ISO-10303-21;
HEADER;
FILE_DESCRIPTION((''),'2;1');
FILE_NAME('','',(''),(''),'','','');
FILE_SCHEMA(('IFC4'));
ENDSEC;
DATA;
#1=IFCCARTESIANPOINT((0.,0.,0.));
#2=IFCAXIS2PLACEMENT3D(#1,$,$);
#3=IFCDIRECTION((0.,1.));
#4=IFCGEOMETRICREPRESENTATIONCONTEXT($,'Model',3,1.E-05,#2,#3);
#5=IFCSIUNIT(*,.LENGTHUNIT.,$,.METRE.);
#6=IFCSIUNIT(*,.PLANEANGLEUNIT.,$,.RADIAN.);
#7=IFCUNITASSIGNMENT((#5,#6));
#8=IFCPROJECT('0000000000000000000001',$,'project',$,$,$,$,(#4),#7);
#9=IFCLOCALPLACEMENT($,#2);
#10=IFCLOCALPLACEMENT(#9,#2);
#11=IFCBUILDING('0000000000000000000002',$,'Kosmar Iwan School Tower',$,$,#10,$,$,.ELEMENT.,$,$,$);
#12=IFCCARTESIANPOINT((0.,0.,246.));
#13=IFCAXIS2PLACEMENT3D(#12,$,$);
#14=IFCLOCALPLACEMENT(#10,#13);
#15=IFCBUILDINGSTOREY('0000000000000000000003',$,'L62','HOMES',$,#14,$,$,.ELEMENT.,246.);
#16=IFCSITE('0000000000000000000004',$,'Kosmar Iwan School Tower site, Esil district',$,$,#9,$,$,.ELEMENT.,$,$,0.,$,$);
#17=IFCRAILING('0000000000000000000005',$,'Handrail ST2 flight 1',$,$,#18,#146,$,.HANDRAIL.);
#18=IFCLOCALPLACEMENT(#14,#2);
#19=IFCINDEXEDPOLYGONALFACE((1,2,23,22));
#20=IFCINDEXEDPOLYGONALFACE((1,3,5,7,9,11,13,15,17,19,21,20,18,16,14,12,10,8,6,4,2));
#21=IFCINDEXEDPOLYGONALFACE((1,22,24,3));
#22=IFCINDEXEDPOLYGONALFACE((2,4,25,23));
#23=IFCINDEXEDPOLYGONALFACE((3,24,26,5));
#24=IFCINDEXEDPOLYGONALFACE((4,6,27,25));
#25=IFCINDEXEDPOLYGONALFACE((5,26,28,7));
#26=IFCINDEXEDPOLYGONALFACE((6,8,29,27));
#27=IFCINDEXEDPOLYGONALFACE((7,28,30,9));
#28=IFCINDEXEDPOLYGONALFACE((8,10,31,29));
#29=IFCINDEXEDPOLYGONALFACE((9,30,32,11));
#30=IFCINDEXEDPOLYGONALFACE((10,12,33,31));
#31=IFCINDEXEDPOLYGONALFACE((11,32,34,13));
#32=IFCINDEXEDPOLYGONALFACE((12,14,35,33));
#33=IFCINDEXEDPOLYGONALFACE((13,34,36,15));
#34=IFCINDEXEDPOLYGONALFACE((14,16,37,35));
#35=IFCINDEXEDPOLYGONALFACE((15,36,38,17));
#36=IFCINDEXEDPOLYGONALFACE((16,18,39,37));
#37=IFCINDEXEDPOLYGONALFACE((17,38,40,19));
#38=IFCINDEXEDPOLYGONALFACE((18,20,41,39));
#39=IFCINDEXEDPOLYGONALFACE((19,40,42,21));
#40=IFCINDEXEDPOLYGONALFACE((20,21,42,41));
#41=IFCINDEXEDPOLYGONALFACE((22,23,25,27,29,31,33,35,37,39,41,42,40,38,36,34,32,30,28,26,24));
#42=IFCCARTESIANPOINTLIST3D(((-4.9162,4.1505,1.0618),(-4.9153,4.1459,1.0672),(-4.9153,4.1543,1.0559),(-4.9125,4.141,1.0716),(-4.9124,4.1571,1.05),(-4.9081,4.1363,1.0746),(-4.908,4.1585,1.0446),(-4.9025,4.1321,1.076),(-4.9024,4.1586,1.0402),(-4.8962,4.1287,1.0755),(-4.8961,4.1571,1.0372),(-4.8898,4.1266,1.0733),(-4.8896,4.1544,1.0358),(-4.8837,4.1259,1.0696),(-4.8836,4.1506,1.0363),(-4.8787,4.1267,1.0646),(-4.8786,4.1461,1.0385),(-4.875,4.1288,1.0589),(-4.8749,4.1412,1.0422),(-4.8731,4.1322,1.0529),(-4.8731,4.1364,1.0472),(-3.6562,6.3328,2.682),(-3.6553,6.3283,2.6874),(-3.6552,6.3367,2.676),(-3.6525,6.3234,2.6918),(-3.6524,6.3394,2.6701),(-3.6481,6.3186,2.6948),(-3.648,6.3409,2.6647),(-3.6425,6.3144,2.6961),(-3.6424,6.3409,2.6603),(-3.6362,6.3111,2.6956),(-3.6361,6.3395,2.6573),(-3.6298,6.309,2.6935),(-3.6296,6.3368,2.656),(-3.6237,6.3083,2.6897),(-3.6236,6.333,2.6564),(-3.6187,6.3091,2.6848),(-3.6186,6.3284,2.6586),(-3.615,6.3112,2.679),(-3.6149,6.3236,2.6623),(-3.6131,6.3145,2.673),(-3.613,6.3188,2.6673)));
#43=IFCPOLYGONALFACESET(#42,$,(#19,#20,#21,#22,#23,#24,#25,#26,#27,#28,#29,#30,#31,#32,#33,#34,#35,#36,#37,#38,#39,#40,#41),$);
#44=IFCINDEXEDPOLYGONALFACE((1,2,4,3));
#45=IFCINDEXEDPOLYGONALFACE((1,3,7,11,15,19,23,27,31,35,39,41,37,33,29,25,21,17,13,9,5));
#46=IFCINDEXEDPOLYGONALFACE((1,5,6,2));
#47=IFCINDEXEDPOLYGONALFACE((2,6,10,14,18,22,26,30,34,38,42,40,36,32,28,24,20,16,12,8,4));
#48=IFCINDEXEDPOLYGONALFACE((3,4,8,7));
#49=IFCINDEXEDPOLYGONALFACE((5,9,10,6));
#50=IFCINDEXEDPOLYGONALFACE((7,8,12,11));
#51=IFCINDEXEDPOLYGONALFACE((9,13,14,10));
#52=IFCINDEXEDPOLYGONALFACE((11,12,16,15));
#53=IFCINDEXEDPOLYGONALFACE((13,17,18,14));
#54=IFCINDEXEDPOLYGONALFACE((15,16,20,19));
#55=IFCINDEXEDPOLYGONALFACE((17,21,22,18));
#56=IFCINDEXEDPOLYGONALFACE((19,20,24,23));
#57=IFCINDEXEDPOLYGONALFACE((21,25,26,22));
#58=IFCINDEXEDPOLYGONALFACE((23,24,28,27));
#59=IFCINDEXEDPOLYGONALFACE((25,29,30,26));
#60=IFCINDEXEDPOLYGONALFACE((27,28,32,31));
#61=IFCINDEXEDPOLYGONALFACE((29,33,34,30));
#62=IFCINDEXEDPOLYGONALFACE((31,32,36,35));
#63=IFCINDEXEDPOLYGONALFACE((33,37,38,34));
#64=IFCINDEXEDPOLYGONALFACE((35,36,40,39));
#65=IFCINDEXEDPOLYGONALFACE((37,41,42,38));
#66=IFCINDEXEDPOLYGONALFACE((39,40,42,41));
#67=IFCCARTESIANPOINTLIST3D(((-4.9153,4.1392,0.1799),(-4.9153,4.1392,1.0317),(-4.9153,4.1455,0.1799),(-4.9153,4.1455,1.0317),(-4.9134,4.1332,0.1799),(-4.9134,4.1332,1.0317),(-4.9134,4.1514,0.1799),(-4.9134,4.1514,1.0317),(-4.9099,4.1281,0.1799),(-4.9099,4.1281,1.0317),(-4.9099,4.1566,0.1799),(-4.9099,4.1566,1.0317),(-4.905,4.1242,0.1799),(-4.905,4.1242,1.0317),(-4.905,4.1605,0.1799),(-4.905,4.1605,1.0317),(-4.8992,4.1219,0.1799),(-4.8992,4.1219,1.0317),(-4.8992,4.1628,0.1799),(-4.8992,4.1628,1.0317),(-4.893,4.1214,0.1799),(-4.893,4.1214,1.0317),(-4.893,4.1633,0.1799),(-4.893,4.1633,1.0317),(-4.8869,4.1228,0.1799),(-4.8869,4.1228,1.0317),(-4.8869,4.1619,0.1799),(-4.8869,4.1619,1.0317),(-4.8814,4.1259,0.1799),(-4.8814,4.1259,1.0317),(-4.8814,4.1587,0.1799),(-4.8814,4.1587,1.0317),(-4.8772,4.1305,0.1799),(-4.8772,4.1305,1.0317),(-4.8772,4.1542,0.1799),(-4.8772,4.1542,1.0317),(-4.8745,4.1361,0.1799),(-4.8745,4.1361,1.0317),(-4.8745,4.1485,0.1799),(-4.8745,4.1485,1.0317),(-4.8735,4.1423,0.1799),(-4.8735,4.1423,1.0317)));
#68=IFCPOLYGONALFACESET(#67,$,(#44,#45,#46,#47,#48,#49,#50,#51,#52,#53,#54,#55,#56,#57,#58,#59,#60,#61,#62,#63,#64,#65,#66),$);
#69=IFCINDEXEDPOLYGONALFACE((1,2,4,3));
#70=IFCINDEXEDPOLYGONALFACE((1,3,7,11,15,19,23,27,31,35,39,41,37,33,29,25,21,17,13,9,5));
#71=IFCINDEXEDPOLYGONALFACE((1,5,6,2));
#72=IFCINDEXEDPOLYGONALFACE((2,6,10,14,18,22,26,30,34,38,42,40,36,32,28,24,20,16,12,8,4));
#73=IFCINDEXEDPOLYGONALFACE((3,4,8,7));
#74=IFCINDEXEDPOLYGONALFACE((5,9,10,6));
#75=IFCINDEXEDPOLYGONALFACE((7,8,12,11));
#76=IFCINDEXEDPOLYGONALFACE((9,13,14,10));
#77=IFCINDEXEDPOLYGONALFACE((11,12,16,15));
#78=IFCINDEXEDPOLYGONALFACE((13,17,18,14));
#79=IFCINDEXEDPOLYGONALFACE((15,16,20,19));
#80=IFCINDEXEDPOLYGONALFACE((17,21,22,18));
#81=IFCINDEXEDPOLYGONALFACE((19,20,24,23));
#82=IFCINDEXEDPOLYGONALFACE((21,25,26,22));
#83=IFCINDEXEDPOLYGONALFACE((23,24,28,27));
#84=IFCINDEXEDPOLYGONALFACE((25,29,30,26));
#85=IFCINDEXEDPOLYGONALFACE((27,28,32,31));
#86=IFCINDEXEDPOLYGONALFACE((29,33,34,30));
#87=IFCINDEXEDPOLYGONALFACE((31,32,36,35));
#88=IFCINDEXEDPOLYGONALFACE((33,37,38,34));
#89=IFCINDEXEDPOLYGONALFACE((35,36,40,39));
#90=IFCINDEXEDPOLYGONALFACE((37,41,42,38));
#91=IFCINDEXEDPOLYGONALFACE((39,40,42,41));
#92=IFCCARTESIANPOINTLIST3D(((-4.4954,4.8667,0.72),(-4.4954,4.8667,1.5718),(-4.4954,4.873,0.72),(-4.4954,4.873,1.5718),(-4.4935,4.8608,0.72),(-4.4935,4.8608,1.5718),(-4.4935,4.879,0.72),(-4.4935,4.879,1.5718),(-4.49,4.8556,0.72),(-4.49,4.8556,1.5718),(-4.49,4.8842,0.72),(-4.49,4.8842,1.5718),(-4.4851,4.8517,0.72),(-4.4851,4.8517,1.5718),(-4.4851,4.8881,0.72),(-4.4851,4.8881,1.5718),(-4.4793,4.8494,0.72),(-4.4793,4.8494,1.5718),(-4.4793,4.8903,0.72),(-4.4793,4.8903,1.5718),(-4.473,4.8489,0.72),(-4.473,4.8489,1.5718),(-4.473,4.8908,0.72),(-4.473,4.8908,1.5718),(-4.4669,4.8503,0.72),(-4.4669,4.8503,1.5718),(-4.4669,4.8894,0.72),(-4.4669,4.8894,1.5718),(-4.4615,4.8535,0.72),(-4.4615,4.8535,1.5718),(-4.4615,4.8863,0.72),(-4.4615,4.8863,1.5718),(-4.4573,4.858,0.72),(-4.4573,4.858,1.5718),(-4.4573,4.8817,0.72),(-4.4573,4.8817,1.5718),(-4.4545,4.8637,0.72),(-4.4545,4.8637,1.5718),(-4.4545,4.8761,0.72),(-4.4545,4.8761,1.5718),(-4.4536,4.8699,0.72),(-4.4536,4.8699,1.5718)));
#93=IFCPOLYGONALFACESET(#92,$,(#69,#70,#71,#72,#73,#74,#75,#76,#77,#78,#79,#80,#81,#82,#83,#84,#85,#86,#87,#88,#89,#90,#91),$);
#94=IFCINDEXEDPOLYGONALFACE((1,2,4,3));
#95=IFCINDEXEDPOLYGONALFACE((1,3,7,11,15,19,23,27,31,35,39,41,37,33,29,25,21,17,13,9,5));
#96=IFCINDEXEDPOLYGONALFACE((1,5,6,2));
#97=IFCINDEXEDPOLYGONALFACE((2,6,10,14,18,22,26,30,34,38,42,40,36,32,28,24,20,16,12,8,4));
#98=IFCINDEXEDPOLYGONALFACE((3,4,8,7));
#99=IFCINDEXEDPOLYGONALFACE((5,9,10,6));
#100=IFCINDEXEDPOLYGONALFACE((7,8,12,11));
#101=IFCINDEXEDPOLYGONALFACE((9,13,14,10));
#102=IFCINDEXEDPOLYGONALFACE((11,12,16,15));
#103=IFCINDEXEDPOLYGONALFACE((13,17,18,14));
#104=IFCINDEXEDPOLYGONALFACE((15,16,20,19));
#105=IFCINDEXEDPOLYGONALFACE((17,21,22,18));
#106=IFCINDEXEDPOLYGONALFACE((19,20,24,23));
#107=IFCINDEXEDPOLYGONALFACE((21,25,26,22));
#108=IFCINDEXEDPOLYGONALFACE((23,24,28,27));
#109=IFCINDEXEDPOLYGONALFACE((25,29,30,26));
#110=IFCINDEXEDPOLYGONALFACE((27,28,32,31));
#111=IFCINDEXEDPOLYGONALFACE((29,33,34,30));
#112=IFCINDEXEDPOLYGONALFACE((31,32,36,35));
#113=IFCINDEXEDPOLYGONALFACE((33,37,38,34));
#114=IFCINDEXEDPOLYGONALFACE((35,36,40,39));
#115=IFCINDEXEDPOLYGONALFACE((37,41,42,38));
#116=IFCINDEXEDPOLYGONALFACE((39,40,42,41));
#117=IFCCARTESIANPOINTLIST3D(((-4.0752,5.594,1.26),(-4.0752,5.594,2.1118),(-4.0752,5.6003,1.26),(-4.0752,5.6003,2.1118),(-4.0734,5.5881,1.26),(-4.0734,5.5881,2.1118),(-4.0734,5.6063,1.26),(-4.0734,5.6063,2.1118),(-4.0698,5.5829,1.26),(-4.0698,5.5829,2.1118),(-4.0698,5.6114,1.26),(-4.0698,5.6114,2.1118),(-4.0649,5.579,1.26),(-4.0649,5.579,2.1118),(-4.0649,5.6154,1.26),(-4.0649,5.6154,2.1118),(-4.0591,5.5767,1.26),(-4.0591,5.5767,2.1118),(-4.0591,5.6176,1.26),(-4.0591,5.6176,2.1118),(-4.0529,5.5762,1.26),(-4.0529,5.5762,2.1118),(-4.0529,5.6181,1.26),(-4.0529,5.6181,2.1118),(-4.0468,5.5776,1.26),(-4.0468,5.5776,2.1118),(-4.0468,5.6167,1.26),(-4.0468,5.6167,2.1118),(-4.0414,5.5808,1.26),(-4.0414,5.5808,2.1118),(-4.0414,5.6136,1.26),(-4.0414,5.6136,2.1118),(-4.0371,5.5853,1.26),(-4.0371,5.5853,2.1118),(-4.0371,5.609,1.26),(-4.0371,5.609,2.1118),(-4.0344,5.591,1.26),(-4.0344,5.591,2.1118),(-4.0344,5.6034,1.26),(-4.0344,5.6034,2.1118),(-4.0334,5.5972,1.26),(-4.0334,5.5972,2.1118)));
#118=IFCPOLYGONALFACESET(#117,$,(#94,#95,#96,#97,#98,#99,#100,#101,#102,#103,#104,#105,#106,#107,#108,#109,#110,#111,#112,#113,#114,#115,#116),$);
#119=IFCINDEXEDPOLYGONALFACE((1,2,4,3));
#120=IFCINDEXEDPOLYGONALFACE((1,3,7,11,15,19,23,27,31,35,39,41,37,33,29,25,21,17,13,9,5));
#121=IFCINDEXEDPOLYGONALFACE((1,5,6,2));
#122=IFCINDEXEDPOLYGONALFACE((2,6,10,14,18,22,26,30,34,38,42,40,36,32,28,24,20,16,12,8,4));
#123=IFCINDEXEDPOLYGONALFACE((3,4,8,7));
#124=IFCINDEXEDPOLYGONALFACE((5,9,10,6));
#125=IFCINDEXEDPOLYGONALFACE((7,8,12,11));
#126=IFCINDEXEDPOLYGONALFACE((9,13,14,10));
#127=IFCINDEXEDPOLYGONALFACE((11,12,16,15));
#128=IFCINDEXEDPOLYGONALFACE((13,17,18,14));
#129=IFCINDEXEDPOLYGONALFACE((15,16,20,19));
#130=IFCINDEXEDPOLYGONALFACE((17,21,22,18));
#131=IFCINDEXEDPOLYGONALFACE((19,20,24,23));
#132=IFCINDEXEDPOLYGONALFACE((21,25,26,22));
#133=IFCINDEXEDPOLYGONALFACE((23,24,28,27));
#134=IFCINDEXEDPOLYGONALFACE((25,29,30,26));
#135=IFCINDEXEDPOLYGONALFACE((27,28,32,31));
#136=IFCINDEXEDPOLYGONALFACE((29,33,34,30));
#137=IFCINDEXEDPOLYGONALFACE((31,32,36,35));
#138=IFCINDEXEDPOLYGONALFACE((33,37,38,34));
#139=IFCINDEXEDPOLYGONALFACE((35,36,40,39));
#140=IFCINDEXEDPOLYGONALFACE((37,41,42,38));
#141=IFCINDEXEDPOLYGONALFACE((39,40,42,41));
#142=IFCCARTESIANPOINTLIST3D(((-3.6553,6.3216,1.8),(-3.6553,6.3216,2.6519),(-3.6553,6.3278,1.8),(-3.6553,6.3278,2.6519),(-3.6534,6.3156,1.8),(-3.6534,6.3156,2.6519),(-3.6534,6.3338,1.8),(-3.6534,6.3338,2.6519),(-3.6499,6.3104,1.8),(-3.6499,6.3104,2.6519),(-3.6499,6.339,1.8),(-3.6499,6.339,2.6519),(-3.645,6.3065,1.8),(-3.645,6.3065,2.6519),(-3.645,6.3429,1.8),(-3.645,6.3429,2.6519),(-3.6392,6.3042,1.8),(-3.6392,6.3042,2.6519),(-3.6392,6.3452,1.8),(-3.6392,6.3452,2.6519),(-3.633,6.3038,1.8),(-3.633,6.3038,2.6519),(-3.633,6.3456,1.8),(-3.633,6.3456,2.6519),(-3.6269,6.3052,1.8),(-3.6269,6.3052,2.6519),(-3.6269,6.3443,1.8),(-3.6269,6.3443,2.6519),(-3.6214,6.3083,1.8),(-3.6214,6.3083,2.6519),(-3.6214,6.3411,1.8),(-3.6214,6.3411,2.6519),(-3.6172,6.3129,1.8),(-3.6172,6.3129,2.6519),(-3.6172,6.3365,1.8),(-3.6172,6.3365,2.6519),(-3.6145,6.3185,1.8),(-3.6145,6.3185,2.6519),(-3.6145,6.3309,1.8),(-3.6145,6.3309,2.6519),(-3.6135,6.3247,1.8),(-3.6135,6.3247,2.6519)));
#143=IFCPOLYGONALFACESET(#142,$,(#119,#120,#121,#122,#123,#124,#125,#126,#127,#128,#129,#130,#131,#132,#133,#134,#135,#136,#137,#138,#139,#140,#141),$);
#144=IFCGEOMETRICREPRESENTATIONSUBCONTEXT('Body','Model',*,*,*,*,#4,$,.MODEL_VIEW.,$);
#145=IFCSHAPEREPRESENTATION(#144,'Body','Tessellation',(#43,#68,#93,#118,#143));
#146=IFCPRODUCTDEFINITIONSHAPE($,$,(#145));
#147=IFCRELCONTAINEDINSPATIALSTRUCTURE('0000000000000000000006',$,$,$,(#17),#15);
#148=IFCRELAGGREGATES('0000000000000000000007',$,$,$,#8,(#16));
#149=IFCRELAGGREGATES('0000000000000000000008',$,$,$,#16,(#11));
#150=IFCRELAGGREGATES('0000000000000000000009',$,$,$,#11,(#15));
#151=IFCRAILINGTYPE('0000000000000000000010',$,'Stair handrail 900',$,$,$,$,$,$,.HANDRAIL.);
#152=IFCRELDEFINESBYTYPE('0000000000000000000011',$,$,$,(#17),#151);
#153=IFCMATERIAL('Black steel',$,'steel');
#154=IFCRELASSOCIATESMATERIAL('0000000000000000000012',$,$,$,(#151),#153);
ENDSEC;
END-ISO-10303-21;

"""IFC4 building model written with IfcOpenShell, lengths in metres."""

from ifc_helpers import new_model, si_unit, direction, frame, origin, origin_2d, place, context, subcontext, project, spatial, circle, extrude, material, type_object, element, save


model = new_model("IFC4")

# Units and contexts
model_context = context("Model", 3, precision=1e-05, world=origin(), true_north=direction((0.0, 1.0)))
body_context = subcontext(model_context, "Body", "Model", "MODEL_VIEW")
ifc_project = project(units=[si_unit("LENGTHUNIT", "METRE"), si_unit("PLANEANGLEUNIT", "RADIAN")], contexts=[model_context])

# Site, building, storey
site_placement = place(None, origin())
site = spatial("IfcSite", under=ifc_project, at=site_placement, Name="Kosmar Iwan School Tower site, Esil district", CompositionType="ELEMENT", RefElevation=0.0)
building_placement = place(site_placement, origin())
building = spatial("IfcBuilding", under=site, at=building_placement, Name="Kosmar Iwan School Tower", CompositionType="ELEMENT")
storey_placement = place(building_placement, frame((0.0, 0.0, 246.0)))
storey = spatial("IfcBuildingStorey", under=building, at=storey_placement, Name="L62", Description="HOMES", CompositionType="ELEMENT", Elevation=246.0)

# Railing
ifc_material_1 = material(Name="Black steel", Category="steel")
railing_type = type_object("IfcRailingType", Name="Stair handrail 900", PredefinedType="HANDRAIL", material=ifc_material_1)
railing_placement = place(storey_placement, frame((-4.8945, 4.1423, 0.1799)))
element("IfcRailing", 1, at=railing_placement, inside=storey, type_object=railing_type, Name="Handrail ST2 flight 1", PredefinedType="HANDRAIL", context=body_context, shape_type="SweptSolid", body=[
    extrude(circle(Radius=0.0239, at=origin_2d()), frame((0.0, 0.0, 0.876), z_axis=(0.420584, 0.728464, 0.540786), x_axis=(-0.866023, 0.500005, 0.0)), (0.0, 0.0, 1.0), 2.9958),
    extrude(circle(Radius=0.021, at=origin_2d()), origin(), (0.0, 0.0, 1.0), 0.8518),
    extrude(circle(Radius=0.021, at=origin_2d()), frame((0.4199, 0.7275, 0.54)), (0.0, 0.0, 1.0), 0.8518),
    extrude(circle(Radius=0.021, at=origin_2d()), frame((0.8401, 1.4548, 1.0801)), (0.0, 0.0, 1.0), 0.8518),
    extrude(circle(Radius=0.021, at=origin_2d()), frame((1.26, 2.1824, 1.6201)), (0.0, 0.0, 1.0), 0.8518),
])

save(model, "model.ifc")
